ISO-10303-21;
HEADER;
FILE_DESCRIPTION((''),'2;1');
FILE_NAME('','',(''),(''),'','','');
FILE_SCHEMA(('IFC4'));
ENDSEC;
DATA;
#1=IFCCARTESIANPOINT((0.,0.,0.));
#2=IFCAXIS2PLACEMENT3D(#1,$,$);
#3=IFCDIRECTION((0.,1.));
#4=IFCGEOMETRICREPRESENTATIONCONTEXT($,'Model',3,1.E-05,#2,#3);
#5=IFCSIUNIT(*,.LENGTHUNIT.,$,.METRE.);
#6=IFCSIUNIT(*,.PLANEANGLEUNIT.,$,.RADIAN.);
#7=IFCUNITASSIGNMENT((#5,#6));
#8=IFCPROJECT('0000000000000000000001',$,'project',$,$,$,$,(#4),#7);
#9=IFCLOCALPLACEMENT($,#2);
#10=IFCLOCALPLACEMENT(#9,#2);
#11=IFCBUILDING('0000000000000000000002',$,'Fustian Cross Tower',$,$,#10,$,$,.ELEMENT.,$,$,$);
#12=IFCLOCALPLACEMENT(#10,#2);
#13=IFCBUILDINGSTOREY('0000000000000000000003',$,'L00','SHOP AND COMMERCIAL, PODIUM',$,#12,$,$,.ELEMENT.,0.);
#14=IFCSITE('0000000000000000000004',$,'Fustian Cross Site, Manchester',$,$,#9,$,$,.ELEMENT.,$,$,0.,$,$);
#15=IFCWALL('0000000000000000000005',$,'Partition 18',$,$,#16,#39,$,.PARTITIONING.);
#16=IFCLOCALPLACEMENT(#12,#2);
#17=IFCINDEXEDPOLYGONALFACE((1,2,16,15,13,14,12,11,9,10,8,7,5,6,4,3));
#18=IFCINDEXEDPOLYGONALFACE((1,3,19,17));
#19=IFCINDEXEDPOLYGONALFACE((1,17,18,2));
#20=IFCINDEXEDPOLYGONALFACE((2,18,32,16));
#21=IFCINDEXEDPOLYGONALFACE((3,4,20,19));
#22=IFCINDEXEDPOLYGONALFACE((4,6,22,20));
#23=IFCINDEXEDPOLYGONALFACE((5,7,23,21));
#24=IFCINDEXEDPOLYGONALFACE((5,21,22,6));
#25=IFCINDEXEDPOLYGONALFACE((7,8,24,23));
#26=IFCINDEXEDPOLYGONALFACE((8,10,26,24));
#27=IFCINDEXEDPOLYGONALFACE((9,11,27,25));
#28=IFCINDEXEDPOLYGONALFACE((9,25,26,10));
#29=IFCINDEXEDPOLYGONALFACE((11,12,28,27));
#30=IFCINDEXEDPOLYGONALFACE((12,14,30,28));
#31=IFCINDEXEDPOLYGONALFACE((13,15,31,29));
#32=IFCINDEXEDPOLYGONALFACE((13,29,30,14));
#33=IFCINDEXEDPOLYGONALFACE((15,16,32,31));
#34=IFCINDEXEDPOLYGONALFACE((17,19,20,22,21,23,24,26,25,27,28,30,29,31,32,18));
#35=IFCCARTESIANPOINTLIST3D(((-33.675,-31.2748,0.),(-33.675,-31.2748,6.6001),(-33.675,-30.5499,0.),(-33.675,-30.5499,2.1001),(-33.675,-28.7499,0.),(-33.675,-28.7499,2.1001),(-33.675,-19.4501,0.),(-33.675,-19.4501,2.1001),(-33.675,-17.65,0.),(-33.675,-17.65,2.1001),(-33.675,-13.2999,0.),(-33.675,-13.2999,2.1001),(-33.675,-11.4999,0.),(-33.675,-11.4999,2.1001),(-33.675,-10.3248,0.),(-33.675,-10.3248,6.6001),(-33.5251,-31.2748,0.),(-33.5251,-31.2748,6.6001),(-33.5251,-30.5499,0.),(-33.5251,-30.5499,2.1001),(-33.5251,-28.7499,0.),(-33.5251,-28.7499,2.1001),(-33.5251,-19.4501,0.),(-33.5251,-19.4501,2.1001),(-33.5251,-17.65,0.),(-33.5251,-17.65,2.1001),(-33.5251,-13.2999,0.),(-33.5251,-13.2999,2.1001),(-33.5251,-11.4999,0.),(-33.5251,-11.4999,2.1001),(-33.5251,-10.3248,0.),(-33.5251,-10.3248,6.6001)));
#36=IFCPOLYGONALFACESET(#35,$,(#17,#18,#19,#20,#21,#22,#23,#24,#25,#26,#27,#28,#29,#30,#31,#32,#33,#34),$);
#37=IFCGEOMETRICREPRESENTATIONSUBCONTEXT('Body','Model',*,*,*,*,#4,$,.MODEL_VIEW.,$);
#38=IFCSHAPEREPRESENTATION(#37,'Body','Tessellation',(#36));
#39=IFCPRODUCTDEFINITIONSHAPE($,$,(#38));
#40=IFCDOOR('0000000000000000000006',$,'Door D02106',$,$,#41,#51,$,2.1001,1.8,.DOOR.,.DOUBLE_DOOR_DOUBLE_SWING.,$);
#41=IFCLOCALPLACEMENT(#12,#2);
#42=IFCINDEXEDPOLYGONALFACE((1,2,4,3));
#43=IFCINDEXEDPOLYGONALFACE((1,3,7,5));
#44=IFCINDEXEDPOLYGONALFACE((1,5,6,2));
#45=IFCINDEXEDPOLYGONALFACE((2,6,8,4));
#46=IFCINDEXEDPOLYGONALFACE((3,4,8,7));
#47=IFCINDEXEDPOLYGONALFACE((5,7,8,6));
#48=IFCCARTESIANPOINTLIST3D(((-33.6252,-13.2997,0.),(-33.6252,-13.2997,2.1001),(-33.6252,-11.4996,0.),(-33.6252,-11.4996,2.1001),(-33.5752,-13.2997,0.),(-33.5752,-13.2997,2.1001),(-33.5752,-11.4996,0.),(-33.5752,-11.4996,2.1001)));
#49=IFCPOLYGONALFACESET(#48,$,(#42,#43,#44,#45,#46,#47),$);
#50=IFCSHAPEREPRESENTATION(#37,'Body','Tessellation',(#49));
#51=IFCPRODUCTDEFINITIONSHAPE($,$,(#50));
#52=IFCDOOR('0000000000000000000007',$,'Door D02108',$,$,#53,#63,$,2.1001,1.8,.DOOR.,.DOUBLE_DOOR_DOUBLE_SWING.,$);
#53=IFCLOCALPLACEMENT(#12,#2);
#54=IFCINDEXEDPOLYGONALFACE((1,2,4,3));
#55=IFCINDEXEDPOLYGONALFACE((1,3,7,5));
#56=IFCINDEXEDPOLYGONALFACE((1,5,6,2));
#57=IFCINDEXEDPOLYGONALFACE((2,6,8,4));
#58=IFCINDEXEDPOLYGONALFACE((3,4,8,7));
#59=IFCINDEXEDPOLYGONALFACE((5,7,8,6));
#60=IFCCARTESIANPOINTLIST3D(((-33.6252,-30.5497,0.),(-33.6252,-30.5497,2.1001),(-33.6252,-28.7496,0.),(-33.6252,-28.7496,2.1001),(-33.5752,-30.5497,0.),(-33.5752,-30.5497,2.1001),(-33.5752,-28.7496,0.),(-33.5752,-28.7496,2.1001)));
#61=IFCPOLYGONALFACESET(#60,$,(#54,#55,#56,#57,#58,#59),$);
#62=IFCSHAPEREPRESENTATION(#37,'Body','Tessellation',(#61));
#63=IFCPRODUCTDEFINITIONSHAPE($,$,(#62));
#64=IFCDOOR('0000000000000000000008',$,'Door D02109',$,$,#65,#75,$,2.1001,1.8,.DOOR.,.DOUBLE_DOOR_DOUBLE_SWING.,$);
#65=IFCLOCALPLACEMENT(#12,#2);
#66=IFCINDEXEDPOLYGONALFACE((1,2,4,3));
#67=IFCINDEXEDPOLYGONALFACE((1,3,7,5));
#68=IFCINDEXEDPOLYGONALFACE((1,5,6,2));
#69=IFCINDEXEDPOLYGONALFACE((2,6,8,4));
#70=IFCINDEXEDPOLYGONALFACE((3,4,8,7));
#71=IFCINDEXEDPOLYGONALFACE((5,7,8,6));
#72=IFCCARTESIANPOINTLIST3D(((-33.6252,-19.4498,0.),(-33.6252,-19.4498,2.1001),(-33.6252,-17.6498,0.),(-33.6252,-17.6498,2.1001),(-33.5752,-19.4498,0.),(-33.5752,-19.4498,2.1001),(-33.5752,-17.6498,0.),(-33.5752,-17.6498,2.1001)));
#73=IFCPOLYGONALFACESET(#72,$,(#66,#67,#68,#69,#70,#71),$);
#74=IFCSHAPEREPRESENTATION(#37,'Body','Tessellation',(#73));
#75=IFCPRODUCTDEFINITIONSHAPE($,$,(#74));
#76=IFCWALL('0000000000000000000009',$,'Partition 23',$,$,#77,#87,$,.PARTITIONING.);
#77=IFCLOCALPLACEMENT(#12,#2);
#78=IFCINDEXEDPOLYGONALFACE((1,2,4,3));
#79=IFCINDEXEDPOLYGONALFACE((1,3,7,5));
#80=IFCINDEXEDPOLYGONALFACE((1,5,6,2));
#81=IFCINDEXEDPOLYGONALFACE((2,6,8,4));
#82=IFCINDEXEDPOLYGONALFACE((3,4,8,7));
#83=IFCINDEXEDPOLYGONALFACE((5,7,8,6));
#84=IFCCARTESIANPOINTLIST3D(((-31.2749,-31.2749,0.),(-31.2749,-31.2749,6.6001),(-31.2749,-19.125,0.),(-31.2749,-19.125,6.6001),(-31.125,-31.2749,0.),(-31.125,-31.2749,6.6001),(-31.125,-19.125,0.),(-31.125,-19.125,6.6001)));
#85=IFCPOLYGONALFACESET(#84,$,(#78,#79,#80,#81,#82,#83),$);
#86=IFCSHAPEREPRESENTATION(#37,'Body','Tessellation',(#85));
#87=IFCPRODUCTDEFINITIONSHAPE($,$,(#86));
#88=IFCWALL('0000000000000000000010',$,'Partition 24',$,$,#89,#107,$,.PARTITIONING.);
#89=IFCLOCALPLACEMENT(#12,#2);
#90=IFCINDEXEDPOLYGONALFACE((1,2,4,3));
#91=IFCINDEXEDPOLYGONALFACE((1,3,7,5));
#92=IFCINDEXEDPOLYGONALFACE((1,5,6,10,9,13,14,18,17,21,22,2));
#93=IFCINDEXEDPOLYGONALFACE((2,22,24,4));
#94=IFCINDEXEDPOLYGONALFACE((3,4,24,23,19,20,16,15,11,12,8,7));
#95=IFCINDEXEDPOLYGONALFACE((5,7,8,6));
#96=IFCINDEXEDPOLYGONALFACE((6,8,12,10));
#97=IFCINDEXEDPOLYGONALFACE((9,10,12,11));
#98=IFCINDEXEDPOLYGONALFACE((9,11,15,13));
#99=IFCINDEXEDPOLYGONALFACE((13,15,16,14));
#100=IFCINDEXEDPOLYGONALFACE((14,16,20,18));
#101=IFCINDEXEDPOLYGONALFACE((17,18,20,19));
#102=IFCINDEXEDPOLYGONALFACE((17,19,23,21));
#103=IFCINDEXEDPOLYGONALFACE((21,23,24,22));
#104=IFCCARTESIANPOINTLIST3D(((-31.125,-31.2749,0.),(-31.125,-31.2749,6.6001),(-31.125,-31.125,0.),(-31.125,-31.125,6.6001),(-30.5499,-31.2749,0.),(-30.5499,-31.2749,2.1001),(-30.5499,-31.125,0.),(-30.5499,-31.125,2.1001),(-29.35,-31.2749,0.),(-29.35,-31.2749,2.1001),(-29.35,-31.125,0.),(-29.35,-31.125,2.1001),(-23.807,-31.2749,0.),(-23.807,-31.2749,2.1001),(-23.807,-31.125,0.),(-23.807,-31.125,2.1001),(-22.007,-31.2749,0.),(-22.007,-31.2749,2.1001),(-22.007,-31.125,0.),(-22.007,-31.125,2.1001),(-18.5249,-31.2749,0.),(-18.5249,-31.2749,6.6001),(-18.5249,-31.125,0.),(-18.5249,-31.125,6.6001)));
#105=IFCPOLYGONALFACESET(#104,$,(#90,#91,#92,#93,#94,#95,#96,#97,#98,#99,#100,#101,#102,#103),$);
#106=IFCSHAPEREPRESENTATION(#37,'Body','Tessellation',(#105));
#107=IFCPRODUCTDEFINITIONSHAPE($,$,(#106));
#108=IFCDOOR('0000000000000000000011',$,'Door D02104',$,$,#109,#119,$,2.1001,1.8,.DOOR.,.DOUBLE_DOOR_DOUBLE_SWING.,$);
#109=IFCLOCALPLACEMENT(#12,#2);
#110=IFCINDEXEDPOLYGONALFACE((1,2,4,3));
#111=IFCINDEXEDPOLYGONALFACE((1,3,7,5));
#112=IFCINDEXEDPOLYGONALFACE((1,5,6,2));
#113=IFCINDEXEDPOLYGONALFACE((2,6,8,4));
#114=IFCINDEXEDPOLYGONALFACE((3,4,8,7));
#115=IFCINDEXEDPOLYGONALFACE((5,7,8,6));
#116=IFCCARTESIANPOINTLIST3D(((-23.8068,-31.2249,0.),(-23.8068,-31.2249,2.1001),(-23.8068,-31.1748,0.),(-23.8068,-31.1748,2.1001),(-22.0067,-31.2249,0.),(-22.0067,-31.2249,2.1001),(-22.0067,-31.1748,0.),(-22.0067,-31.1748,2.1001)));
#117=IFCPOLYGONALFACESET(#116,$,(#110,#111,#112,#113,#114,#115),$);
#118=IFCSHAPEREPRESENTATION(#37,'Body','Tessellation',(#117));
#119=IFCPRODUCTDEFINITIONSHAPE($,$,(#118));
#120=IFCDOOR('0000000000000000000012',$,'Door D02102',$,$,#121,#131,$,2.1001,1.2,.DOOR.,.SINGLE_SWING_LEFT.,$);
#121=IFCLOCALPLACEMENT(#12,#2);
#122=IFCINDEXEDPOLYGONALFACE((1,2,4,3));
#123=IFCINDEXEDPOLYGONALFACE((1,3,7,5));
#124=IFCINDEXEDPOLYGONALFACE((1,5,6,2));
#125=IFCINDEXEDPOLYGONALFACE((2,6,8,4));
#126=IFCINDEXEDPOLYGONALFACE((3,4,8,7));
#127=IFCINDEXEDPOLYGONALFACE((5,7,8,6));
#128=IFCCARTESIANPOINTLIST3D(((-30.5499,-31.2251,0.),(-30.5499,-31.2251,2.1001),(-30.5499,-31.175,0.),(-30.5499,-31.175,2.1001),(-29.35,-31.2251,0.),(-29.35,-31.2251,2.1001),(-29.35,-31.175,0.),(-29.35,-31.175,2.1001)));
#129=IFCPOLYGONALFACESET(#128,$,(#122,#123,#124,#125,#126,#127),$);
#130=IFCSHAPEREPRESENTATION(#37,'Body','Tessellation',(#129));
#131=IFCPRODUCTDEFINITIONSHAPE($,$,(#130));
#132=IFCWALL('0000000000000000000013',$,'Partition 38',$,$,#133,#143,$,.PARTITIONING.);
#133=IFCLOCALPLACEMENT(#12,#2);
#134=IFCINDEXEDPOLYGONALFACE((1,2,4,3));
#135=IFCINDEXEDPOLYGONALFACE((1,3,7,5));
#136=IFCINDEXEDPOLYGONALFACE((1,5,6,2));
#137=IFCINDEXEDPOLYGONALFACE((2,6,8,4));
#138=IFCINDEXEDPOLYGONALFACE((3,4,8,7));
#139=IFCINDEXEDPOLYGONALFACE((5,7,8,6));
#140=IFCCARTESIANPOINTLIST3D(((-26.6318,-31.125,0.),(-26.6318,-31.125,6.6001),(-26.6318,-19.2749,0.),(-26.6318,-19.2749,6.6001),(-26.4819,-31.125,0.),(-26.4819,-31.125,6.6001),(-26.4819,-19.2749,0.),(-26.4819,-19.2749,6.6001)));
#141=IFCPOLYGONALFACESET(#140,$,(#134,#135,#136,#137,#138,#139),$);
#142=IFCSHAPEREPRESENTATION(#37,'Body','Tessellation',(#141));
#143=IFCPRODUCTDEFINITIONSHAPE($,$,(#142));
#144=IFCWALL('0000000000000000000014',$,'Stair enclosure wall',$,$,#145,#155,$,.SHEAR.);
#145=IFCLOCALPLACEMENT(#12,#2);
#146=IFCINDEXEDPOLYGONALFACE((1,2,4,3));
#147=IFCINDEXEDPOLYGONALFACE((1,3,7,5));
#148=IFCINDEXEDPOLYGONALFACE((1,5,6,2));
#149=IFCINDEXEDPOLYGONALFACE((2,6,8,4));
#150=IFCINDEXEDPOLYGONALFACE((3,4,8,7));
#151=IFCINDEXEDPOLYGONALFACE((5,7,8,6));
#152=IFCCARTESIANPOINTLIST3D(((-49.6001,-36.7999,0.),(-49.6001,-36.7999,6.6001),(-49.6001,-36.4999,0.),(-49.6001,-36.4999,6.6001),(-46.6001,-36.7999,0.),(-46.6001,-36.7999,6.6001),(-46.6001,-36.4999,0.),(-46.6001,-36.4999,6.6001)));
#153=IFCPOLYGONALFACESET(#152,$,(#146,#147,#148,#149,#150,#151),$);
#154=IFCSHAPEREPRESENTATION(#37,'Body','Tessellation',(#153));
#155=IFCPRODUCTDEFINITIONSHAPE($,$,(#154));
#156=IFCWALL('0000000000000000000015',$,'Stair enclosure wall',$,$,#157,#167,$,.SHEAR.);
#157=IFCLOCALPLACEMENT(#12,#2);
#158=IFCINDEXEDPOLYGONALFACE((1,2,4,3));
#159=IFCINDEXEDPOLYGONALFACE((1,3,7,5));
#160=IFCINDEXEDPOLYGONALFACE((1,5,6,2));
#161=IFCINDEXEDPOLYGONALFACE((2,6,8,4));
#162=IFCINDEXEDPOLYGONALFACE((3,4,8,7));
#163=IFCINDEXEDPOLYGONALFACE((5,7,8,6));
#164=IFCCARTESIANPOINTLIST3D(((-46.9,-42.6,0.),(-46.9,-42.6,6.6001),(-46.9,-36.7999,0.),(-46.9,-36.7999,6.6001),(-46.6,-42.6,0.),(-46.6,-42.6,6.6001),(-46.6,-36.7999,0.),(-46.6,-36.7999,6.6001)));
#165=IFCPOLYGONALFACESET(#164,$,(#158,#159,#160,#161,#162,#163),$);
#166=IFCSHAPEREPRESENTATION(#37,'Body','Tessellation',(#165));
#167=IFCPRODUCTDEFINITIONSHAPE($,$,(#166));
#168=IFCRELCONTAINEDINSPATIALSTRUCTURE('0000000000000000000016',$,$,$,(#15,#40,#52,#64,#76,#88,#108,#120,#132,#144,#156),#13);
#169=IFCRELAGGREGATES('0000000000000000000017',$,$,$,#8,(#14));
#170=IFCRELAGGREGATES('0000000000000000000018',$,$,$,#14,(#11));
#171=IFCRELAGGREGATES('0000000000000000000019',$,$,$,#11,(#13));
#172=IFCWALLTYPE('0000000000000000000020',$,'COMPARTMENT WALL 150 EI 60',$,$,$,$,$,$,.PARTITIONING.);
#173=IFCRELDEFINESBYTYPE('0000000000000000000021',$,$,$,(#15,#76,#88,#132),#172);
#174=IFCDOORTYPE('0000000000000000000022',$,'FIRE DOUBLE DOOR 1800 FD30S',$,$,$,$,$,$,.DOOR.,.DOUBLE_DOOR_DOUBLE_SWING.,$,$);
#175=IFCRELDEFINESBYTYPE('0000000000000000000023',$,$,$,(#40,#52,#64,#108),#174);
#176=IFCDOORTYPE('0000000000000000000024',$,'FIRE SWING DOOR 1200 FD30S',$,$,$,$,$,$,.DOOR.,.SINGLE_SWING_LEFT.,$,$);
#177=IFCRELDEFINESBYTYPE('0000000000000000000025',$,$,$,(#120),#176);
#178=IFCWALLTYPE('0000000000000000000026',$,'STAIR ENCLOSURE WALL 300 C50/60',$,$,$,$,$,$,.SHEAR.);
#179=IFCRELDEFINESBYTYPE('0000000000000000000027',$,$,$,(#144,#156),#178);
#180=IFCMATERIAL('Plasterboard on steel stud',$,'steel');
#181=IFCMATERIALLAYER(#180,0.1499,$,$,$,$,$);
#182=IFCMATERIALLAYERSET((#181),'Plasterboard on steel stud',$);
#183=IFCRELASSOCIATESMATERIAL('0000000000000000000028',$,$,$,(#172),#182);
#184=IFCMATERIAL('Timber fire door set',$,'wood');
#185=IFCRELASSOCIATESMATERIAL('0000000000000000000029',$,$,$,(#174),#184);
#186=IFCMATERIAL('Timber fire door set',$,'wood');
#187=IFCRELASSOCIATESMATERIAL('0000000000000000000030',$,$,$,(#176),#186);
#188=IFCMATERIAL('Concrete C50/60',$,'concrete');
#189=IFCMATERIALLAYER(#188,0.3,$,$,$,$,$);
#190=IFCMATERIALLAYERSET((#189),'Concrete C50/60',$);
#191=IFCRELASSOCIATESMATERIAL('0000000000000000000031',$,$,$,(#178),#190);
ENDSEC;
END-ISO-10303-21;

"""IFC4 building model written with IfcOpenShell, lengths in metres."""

from ifc_helpers import new_model, si_unit, direction, frame, frame_2d, origin, place, context, subcontext, project, spatial, rectangle, extrude, material, layer, layer_set, type_object, element, fill, save


model = new_model("IFC4")

# Units and contexts
model_context = context("Model", 3, precision=1e-05, world=origin(), true_north=direction((0.0, 1.0)))
body_context = subcontext(model_context, "Body", "Model", "MODEL_VIEW")
ifc_project = project(units=[si_unit("LENGTHUNIT", "METRE"), si_unit("PLANEANGLEUNIT", "RADIAN")], contexts=[model_context])

# Site, building, storey
site_placement = place(None, origin())
site = spatial("IfcSite", under=ifc_project, at=site_placement, Name="Fustian Cross Site, Manchester", CompositionType="ELEMENT", RefElevation=0.0)
building_placement = place(site_placement, origin())
building = spatial("IfcBuilding", under=site, at=building_placement, Name="Fustian Cross Tower", CompositionType="ELEMENT")
storey_placement = place(building_placement, origin())
storey = spatial("IfcBuildingStorey", under=building, at=storey_placement, Name="L00", Description="SHOP AND COMMERCIAL, PODIUM", CompositionType="ELEMENT", Elevation=0.0)

# Shared definitions
ifc_material_1 = material(Name="Plasterboard on steel stud", Category="steel")
ifc_layer_1 = layer(ifc_material_1, 0.1499)
ifc_layer_set_1 = layer_set([ifc_layer_1], Name="Plasterboard on steel stud")
wall_type_1 = type_object("IfcWallType", Name="COMPARTMENT WALL 150 EI 60", PredefinedType="PARTITIONING", material=ifc_layer_set_1)
ifc_material_2 = material(Name="Timber fire door set", Category="wood")
door_type_1 = type_object("IfcDoorType", Name="FIRE DOUBLE DOOR 1800 FD30S", OperationType="DOUBLE_DOOR_DOUBLE_SWING", PredefinedType="DOOR", material=ifc_material_2)

# Wall, openings, doors
wall_1_placement = place(storey_placement, frame((-33.6001, -31.2749, 0.0), z_axis=(0.0, 0.0, 1.0), x_axis=(0.0, 1.0, 0.0)))
wall_1 = element("IfcWall", 1, at=wall_1_placement, inside=storey, type_object=wall_type_1, Name="Partition 18", PredefinedType="PARTITIONING", context=body_context, shape_type="SweptSolid", body=[
    extrude(rectangle(XDim=20.95, YDim=0.1499, at=frame_2d((10.4751, 0.0))), origin(), (0.0, 0.0, 1.0), 6.6001),
])
opening_1_placement = place(wall_1_placement, frame((17.9751, 0.0, 0.0)))
opening_1 = element("IfcOpeningElement", 2, at=opening_1_placement, cuts=wall_1, PredefinedType="OPENING", context=body_context, shape_type="SweptSolid", body=[
    extrude(rectangle(XDim=1.8, YDim=2.1001, at=frame_2d((0.8999, 1.05))), frame((0.0, 0.085, 0.0), z_axis=(0.0, -1.0, 0.0), x_axis=(1.0, 0.0, 0.0)), (0.0, 0.0, 1.0), 0.1699),
])
opening_2_placement = place(wall_1_placement, frame((0.7251, 0.0, 0.0)))
opening_2 = element("IfcOpeningElement", 3, at=opening_2_placement, cuts=wall_1, PredefinedType="OPENING", context=body_context, shape_type="SweptSolid", body=[
    extrude(rectangle(XDim=1.8, YDim=2.1001, at=frame_2d((0.8999, 1.05))), frame((0.0, 0.085, 0.0), z_axis=(0.0, -1.0, 0.0), x_axis=(1.0, 0.0, 0.0)), (0.0, 0.0, 1.0), 0.1699),
])
opening_3_placement = place(wall_1_placement, frame((11.825, 0.0, 0.0)))
opening_3 = element("IfcOpeningElement", 4, at=opening_3_placement, cuts=wall_1, PredefinedType="OPENING", context=body_context, shape_type="SweptSolid", body=[
    extrude(rectangle(XDim=1.8, YDim=2.1001, at=frame_2d((0.8999, 1.05))), frame((0.0, 0.085, 0.0), z_axis=(0.0, -1.0, 0.0), x_axis=(1.0, 0.0, 0.0)), (0.0, 0.0, 1.0), 0.1699),
])
door_1_placement = place(opening_1_placement, frame((1.8, 0.0, 0.0), z_axis=(0.0, 0.0, 1.0), x_axis=(-1.0, 0.0, 0.0)))
door_1 = element("IfcDoor", 5, at=door_1_placement, inside=storey, type_object=door_type_1, Name="Door D02106", OperationType="DOUBLE_DOOR_DOUBLE_SWING", OverallHeight=2.1001, OverallWidth=1.8, PredefinedType="DOOR", context=body_context, shape_type="SweptSolid", body=[
    extrude(rectangle(XDim=1.8, YDim=2.1001, at=frame_2d((0.8999, 1.05))), frame((0.0, 0.0249, 0.0), z_axis=(0.0, -1.0, 0.0), x_axis=(1.0, 0.0, 0.0)), (0.0, 0.0, 1.0), 0.05),
])
fill(opening_1, door_1)
door_2_placement = place(opening_2_placement, frame((1.8, 0.0, 0.0), z_axis=(0.0, 0.0, 1.0), x_axis=(-1.0, 0.0, 0.0)))
door_2 = element("IfcDoor", 6, at=door_2_placement, inside=storey, type_object=door_type_1, Name="Door D02108", OperationType="DOUBLE_DOOR_DOUBLE_SWING", OverallHeight=2.1001, OverallWidth=1.8, PredefinedType="DOOR", context=body_context, shape_type="SweptSolid", body=[
    extrude(rectangle(XDim=1.8, YDim=2.1001, at=frame_2d((0.8999, 1.05))), frame((0.0, 0.0249, 0.0), z_axis=(0.0, -1.0, 0.0), x_axis=(1.0, 0.0, 0.0)), (0.0, 0.0, 1.0), 0.05),
])
fill(opening_2, door_2)
door_3_placement = place(opening_3_placement, frame((1.8, 0.0, 0.0), z_axis=(0.0, 0.0, 1.0), x_axis=(-1.0, 0.0, 0.0)))
door_3 = element("IfcDoor", 7, at=door_3_placement, inside=storey, type_object=door_type_1, Name="Door D02109", OperationType="DOUBLE_DOOR_DOUBLE_SWING", OverallHeight=2.1001, OverallWidth=1.8, PredefinedType="DOOR", context=body_context, shape_type="SweptSolid", body=[
    extrude(rectangle(XDim=1.8, YDim=2.1001, at=frame_2d((0.8999, 1.05))), frame((0.0, 0.0249, 0.0), z_axis=(0.0, -1.0, 0.0), x_axis=(1.0, 0.0, 0.0)), (0.0, 0.0, 1.0), 0.05),
])
fill(opening_3, door_3)

# Wall
wall_2_placement = place(storey_placement, frame((-31.2, -31.2749, 0.0), z_axis=(0.0, 0.0, 1.0), x_axis=(0.0, 1.0, 0.0)))
element("IfcWall", 8, at=wall_2_placement, inside=storey, type_object=wall_type_1, Name="Partition 23", PredefinedType="PARTITIONING", context=body_context, shape_type="SweptSolid", body=[
    extrude(rectangle(XDim=12.1499, YDim=0.1499, at=frame_2d((6.075, 0.0))), origin(), (0.0, 0.0, 1.0), 6.6001),
])

# Wall, openings, doors
wall_3_placement = place(storey_placement, frame((-31.125, -31.2, 0.0), z_axis=(0.0, 0.0, 1.0), x_axis=(1.0, 0.0, 0.0)))
wall_3 = element("IfcWall", 9, at=wall_3_placement, inside=storey, type_object=wall_type_1, Name="Partition 24", PredefinedType="PARTITIONING", context=body_context, shape_type="SweptSolid", body=[
    extrude(rectangle(XDim=12.6001, YDim=0.1499, at=frame_2d((6.3, 0.0))), origin(), (0.0, 0.0, 1.0), 6.6001),
])
opening_4_placement = place(wall_3_placement, frame((0.575, 0.0, 0.0)))
opening_4 = element("IfcOpeningElement", 10, at=opening_4_placement, cuts=wall_3, PredefinedType="OPENING", context=body_context, shape_type="SweptSolid", body=[
    extrude(rectangle(XDim=1.2, YDim=2.1001, at=frame_2d((0.6001, 1.05))), frame((0.0, 0.085, 0.0), z_axis=(0.0, -1.0, 0.0), x_axis=(1.0, 0.0, 0.0)), (0.0, 0.0, 1.0), 0.1699),
])
opening_5_placement = place(wall_3_placement, frame((7.3181, 0.0, 0.0)))
opening_5 = element("IfcOpeningElement", 11, at=opening_5_placement, cuts=wall_3, PredefinedType="OPENING", context=body_context, shape_type="SweptSolid", body=[
    extrude(rectangle(XDim=1.8, YDim=2.1001, at=frame_2d((0.8999, 1.05))), frame((0.0, 0.085, 0.0), z_axis=(0.0, -1.0, 0.0), x_axis=(1.0, 0.0, 0.0)), (0.0, 0.0, 1.0), 0.1699),
])
door_4_placement = place(opening_5_placement, frame((1.8, 0.0, 0.0), z_axis=(0.0, 0.0, 1.0), x_axis=(-1.0, 0.0, 0.0)))
door_4 = element("IfcDoor", 12, at=door_4_placement, inside=storey, type_object=door_type_1, Name="Door D02104", OperationType="DOUBLE_DOOR_DOUBLE_SWING", OverallHeight=2.1001, OverallWidth=1.8, PredefinedType="DOOR", context=body_context, shape_type="SweptSolid", body=[
    extrude(rectangle(XDim=1.8, YDim=2.1001, at=frame_2d((0.8999, 1.05))), frame((0.0, 0.0249, 0.0), z_axis=(0.0, -1.0, 0.0), x_axis=(1.0, 0.0, 0.0)), (0.0, 0.0, 1.0), 0.05),
])
fill(opening_5, door_4)
ifc_material_3 = material(Name="Timber fire door set", Category="wood")
door_type_2 = type_object("IfcDoorType", Name="FIRE SWING DOOR 1200 FD30S", OperationType="SINGLE_SWING_LEFT", PredefinedType="DOOR", material=ifc_material_3)
door_5_placement = place(opening_4_placement, origin())
door_5 = element("IfcDoor", 13, at=door_5_placement, inside=storey, type_object=door_type_2, Name="Door D02102", OperationType="SINGLE_SWING_LEFT", OverallHeight=2.1001, OverallWidth=1.2, PredefinedType="DOOR", context=body_context, shape_type="SweptSolid", body=[
    extrude(rectangle(XDim=1.2, YDim=2.1001, at=frame_2d((0.6001, 1.05))), frame((0.0, 0.0249, 0.0), z_axis=(0.0, -1.0, 0.0), x_axis=(1.0, 0.0, 0.0)), (0.0, 0.0, 1.0), 0.05),
])
fill(opening_4, door_5)

# Walls
wall_4_placement = place(storey_placement, frame((-26.5569, -31.125, 0.0), z_axis=(0.0, 0.0, 1.0), x_axis=(0.0, 1.0, 0.0)))
element("IfcWall", 14, at=wall_4_placement, inside=storey, type_object=wall_type_1, Name="Partition 38", PredefinedType="PARTITIONING", context=body_context, shape_type="SweptSolid", body=[
    extrude(rectangle(XDim=11.8501, YDim=0.1499, at=frame_2d((5.925, 0.0))), origin(), (0.0, 0.0, 1.0), 6.6001),
])
ifc_material_4 = material(Name="Concrete C50/60", Category="concrete")
ifc_layer_2 = layer(ifc_material_4, 0.3)
ifc_layer_set_2 = layer_set([ifc_layer_2], Name="Concrete C50/60")
wall_type_2 = type_object("IfcWallType", Name="STAIR ENCLOSURE WALL 300 C50/60", PredefinedType="SHEAR", material=ifc_layer_set_2)
wall_5_placement = place(storey_placement, frame((-49.6001, -36.6499, 0.0), z_axis=(0.0, 0.0, 1.0), x_axis=(1.0, 0.0, 0.0)))
element("IfcWall", 15, at=wall_5_placement, inside=storey, type_object=wall_type_2, Name="Stair enclosure wall", PredefinedType="SHEAR", context=body_context, shape_type="SweptSolid", body=[
    extrude(rectangle(XDim=3.0, YDim=0.3, at=frame_2d((1.5, 0.0))), origin(), (0.0, 0.0, 1.0), 6.6001),
])
wall_6_placement = place(storey_placement, frame((-46.75, -36.8, 0.0), z_axis=(0.0, 0.0, 1.0), x_axis=(0.0, -1.0, 0.0)))
element("IfcWall", 16, at=wall_6_placement, inside=storey, type_object=wall_type_2, Name="Stair enclosure wall", PredefinedType="SHEAR", context=body_context, shape_type="SweptSolid", body=[
    extrude(rectangle(XDim=5.8, YDim=0.3, at=frame_2d((2.8999, 0.0))), origin(), (0.0, 0.0, 1.0), 6.6001),
])

save(model, "model.ifc")
